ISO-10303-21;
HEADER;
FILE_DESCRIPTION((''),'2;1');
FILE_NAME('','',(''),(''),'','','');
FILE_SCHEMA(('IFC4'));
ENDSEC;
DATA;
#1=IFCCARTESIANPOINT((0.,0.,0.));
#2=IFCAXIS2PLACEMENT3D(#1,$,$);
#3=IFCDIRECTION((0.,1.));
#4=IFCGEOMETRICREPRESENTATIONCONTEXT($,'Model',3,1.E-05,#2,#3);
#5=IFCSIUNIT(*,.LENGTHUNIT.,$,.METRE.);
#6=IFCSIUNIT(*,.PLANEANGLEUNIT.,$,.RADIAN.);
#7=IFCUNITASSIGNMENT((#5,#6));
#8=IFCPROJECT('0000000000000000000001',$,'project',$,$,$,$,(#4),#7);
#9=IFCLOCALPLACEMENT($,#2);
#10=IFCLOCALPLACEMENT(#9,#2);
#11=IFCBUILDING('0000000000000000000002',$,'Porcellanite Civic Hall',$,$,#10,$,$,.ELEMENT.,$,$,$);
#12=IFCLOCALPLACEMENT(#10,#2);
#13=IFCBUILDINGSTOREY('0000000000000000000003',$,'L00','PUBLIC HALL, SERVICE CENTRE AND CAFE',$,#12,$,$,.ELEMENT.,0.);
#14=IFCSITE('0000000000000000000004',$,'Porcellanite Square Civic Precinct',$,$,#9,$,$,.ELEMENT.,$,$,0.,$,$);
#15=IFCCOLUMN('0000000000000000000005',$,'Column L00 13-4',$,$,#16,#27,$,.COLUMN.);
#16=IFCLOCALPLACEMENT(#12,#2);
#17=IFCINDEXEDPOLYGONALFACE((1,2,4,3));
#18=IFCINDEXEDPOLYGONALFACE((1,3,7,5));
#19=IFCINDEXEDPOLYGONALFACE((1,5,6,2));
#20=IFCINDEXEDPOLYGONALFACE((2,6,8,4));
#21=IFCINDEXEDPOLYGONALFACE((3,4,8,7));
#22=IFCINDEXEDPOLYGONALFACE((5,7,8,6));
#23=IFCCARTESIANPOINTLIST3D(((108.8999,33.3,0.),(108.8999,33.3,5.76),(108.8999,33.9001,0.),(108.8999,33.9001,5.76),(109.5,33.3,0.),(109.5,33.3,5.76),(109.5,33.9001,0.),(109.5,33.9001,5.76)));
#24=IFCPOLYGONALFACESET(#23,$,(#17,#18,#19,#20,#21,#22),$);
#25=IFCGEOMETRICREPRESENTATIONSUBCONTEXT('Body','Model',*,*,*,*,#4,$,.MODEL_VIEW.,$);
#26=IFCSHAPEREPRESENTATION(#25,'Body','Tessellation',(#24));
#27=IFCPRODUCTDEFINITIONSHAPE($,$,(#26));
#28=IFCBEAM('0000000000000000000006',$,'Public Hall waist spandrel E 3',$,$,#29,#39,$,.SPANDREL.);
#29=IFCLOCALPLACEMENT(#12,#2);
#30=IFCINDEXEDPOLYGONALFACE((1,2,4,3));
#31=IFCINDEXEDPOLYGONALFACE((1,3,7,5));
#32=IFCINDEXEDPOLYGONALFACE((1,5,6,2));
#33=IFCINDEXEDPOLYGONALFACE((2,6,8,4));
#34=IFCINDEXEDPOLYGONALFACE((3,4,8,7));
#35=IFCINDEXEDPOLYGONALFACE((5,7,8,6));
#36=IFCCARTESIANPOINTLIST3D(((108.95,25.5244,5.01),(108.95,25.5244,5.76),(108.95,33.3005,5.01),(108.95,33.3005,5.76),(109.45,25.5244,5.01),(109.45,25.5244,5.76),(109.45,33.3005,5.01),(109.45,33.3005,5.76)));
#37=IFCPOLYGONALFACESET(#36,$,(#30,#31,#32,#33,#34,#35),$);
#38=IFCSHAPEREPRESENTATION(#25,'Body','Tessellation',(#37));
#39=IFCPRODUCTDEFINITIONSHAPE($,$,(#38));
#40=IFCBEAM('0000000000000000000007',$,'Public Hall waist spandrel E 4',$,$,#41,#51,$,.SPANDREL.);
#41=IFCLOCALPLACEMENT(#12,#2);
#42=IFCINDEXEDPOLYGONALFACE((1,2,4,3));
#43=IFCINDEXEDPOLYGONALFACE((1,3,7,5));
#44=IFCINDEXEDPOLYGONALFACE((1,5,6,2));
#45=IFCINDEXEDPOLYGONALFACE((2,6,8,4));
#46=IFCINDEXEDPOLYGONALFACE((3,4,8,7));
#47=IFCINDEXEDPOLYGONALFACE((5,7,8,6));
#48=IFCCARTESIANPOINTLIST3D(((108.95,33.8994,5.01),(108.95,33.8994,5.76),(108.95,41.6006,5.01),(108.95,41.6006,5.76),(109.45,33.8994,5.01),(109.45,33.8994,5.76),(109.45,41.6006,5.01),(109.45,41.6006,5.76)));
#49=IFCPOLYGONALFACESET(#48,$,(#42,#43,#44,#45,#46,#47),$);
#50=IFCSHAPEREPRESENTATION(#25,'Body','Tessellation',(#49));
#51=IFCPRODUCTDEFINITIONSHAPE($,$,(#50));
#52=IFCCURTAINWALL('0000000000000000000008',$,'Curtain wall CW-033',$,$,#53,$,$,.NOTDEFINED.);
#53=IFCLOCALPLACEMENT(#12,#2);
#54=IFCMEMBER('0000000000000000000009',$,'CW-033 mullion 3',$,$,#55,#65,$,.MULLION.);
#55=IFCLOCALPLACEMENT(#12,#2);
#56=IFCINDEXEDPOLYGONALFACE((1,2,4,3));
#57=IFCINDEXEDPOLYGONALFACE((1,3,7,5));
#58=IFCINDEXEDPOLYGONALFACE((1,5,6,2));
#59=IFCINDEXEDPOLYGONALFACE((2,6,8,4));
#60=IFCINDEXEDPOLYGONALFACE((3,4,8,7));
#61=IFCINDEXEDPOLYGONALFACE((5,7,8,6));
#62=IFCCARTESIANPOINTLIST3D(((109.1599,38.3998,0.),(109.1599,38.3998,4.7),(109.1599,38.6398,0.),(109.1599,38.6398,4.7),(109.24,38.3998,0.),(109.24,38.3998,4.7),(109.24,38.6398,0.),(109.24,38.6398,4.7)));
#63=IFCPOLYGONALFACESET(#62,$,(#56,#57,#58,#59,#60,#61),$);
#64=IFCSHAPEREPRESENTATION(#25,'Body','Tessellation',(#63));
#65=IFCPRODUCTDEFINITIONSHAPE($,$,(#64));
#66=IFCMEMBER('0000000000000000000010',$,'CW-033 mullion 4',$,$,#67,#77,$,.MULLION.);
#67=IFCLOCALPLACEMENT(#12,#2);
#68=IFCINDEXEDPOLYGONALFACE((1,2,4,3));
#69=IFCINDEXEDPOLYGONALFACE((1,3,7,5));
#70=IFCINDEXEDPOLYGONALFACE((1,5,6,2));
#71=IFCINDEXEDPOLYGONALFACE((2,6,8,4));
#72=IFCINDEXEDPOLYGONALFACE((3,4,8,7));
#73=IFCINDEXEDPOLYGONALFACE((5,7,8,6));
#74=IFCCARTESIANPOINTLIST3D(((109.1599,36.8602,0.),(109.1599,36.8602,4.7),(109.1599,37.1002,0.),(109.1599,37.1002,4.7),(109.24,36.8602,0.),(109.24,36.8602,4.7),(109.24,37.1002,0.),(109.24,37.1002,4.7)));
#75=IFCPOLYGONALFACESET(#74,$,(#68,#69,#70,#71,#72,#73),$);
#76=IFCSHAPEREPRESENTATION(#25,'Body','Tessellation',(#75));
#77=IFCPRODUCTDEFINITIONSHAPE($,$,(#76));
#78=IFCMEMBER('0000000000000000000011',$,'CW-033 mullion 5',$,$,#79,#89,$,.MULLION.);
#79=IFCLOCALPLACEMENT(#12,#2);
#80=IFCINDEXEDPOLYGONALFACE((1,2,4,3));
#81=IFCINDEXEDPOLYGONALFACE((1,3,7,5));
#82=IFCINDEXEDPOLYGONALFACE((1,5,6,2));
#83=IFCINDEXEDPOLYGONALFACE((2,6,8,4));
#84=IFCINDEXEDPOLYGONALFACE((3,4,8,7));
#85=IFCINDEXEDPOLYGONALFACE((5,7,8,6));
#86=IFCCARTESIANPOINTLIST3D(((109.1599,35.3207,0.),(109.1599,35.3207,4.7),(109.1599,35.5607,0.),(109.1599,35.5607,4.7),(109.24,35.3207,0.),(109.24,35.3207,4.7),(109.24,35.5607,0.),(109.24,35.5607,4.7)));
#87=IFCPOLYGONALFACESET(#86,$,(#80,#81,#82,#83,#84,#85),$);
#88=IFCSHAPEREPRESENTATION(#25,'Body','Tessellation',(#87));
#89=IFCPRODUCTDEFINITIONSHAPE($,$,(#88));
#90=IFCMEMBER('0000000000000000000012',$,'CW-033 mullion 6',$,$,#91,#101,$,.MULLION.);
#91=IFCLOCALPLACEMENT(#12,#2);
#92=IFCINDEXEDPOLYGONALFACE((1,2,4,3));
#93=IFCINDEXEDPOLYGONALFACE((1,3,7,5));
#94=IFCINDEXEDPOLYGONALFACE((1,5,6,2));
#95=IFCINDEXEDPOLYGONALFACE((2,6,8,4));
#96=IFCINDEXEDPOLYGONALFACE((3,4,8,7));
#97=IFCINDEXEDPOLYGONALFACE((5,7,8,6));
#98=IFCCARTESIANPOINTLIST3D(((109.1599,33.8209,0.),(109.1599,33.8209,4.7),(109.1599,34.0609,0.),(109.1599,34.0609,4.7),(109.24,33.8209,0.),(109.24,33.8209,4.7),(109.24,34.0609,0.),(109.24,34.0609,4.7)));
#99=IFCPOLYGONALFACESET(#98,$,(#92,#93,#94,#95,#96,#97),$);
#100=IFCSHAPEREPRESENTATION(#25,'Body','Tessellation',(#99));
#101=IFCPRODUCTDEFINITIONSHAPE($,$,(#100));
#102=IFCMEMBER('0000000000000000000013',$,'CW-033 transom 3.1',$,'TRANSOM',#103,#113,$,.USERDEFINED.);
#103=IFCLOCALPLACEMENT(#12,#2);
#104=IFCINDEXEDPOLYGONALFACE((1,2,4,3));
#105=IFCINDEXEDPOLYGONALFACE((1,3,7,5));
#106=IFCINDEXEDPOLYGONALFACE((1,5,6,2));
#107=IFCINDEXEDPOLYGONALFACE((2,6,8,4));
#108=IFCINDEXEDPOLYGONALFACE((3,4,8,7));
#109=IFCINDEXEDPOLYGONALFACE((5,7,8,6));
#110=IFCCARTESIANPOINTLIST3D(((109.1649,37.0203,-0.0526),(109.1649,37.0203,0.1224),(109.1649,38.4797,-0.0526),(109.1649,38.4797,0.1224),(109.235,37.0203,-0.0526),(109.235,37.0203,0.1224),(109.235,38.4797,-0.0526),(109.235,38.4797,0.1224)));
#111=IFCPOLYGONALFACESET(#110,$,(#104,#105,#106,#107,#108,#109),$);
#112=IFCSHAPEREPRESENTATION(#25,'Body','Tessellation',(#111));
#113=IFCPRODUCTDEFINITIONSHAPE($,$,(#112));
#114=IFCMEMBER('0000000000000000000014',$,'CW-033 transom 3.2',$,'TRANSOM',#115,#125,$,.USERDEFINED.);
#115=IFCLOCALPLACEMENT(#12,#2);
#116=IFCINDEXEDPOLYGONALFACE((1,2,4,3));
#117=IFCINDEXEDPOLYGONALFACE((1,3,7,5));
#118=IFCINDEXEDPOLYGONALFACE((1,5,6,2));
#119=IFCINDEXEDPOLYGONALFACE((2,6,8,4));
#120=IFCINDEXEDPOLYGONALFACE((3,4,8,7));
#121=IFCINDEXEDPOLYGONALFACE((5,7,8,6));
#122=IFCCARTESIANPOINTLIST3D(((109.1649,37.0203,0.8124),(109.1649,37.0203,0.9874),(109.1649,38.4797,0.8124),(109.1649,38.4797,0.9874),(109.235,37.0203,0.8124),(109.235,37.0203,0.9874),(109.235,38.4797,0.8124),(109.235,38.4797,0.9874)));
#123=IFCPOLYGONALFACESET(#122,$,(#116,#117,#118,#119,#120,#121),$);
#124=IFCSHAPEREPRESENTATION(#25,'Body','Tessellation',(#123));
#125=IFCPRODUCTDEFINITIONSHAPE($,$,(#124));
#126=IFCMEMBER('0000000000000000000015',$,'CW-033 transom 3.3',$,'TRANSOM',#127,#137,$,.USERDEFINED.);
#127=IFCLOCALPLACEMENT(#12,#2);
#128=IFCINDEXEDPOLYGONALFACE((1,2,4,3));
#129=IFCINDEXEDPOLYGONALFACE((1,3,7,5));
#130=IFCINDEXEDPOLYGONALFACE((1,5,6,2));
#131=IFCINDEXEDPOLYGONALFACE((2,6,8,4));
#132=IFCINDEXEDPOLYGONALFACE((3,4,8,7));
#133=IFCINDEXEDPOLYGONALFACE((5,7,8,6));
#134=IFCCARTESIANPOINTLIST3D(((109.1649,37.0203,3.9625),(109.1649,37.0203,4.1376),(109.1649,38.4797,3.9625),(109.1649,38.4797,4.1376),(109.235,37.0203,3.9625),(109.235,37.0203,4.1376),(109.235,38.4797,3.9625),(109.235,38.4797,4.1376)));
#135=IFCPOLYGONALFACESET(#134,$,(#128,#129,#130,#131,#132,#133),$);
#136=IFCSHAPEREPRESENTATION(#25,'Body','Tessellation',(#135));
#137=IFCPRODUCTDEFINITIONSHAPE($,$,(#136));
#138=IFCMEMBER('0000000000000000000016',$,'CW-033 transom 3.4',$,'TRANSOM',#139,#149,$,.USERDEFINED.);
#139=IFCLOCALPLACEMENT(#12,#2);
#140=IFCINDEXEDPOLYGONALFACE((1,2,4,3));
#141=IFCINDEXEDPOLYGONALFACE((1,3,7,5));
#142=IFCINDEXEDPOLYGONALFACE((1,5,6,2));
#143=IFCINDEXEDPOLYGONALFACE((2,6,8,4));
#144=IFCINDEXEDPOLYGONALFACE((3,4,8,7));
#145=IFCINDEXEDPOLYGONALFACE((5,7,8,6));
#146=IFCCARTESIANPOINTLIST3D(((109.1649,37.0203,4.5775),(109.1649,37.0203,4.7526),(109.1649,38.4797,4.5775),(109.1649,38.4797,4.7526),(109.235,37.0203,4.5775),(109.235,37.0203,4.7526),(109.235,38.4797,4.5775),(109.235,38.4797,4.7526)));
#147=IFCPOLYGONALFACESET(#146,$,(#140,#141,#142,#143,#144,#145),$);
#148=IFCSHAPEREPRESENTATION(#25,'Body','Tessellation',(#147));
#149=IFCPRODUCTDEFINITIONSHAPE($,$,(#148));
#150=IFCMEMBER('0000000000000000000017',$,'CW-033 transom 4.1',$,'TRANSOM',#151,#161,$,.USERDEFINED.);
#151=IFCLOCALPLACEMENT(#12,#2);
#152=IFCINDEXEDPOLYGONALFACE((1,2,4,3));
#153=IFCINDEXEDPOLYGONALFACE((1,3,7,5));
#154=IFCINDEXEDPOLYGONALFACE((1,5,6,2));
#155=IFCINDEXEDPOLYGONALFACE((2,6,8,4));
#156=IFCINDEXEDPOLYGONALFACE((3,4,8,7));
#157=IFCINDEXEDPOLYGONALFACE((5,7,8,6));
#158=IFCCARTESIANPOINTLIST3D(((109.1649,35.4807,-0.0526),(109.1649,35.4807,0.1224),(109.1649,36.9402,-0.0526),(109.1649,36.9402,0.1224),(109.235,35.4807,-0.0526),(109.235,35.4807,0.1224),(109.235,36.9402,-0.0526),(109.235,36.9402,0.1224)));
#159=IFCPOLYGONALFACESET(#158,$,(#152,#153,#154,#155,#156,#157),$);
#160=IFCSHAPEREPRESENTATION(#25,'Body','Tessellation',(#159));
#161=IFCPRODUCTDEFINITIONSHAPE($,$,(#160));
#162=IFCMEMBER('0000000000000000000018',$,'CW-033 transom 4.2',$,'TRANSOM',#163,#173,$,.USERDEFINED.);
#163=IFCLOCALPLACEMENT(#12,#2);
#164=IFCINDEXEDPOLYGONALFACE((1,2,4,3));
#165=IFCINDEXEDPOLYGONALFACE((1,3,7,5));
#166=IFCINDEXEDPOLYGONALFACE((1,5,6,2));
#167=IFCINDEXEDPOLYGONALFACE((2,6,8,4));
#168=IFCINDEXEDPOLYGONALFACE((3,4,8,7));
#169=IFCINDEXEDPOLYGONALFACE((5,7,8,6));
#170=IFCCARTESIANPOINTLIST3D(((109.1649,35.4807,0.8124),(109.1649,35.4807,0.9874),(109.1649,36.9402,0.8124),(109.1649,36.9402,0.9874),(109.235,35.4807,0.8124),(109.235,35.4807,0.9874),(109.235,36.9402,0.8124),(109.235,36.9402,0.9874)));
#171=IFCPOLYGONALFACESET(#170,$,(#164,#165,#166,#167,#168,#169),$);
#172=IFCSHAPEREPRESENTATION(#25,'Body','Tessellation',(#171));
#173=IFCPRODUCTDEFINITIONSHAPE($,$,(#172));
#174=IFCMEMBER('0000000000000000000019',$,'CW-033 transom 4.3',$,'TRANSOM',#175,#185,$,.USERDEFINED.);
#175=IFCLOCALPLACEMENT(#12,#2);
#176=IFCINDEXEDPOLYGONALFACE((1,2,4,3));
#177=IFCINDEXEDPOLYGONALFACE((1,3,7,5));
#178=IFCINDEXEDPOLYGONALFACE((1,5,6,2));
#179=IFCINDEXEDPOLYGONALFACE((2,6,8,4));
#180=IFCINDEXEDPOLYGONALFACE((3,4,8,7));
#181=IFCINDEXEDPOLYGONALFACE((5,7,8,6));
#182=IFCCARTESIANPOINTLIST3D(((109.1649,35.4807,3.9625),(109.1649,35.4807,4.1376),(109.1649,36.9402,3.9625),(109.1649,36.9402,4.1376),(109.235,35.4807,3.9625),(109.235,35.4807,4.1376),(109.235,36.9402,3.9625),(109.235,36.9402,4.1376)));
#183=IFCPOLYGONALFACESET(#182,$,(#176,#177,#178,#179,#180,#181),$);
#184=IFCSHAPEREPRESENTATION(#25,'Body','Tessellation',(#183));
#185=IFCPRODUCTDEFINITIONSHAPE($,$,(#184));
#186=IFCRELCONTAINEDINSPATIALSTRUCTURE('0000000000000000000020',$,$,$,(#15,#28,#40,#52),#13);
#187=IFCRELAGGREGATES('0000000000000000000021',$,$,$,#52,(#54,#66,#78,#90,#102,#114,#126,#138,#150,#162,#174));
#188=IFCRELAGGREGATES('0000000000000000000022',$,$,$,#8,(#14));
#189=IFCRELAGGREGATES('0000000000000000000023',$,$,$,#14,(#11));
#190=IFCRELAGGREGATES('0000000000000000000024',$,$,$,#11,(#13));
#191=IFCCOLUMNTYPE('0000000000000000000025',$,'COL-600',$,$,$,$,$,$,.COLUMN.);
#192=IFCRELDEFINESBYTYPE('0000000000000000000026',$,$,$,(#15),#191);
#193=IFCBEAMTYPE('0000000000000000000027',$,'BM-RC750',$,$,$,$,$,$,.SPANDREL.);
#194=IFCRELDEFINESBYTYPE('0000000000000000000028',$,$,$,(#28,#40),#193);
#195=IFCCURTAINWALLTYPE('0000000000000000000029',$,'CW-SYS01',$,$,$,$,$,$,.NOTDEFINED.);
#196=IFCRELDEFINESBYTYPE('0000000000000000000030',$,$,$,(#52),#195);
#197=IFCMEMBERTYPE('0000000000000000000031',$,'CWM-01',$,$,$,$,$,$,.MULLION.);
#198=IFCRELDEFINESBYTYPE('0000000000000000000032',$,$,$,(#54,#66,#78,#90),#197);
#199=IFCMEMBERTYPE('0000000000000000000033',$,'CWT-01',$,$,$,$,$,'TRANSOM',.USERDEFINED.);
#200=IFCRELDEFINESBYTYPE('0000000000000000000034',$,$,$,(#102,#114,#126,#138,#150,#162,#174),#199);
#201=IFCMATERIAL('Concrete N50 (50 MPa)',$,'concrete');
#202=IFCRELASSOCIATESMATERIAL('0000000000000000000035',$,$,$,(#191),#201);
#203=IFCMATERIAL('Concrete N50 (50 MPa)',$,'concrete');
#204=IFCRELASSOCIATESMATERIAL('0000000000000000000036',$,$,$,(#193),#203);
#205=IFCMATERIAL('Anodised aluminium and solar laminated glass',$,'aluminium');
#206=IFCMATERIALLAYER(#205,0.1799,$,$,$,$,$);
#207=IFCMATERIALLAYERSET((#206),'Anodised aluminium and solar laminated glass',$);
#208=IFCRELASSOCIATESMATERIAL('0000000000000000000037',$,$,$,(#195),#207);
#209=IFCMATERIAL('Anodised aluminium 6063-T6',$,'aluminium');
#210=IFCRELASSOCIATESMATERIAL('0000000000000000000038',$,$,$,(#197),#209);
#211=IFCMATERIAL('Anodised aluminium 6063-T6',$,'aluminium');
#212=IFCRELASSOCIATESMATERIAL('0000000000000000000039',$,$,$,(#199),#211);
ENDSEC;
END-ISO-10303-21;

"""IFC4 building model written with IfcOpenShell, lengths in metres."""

from ifc_helpers import new_model, si_unit, direction, frame, origin, origin_2d, place, context, subcontext, project, spatial, rectangle, extrude, material, layer, layer_set, material_profile, profile_set, type_object, element, aggregate, save


model = new_model("IFC4")

# Units and contexts
model_context = context("Model", 3, precision=1e-05, world=origin(), true_north=direction((0.0, 1.0)))
body_context = subcontext(model_context, "Body", "Model", "MODEL_VIEW")
ifc_project = project(units=[si_unit("LENGTHUNIT", "METRE"), si_unit("PLANEANGLEUNIT", "RADIAN")], contexts=[model_context])

# Site, building, storey
site_placement = place(None, origin())
site = spatial("IfcSite", under=ifc_project, at=site_placement, Name="Porcellanite Square Civic Precinct", CompositionType="ELEMENT", RefElevation=0.0)
building_placement = place(site_placement, origin())
building = spatial("IfcBuilding", under=site, at=building_placement, Name="Porcellanite Civic Hall", CompositionType="ELEMENT")
storey_placement = place(building_placement, origin())
storey = spatial("IfcBuildingStorey", under=building, at=storey_placement, Name="L00", Description="PUBLIC HALL, SERVICE CENTRE AND CAFE", CompositionType="ELEMENT", Elevation=0.0)

# Column
ifc_material_1 = material(Name="Concrete N50 (50 MPa)", Category="concrete")
ifc_material_profile_1 = material_profile(ifc_material_1, rectangle(XDim=0.6001, YDim=0.6001, at=origin_2d()), Name="RC-600x600")
ifc_profile_set_1 = profile_set([ifc_material_profile_1], Name="Concrete N50 (50 MPa)")
column_type = type_object("IfcColumnType", Name="COL-600", PredefinedType="COLUMN", material=ifc_profile_set_1)
column_placement = place(storey_placement, frame((109.2, 33.6001, 0.0), z_axis=(0.0, 0.0, 1.0), x_axis=(1.0, 0.0, 0.0)))
element("IfcColumn", 1, at=column_placement, inside=storey, type_object=column_type, Name="Column L00 13-4", PredefinedType="COLUMN", context=body_context, shape_type="SweptSolid", body=[
    extrude(rectangle(XDim=0.6001, YDim=0.6001, at=origin_2d()), origin(), (0.0, 0.0, 1.0), 5.76),
])

# Beams
ifc_material_2 = material(Name="Concrete N50 (50 MPa)", Category="concrete")
ifc_material_profile_2 = material_profile(ifc_material_2, rectangle(XDim=0.5, YDim=0.75, at=origin_2d()), Name="RC-500x750")
ifc_profile_set_2 = profile_set([ifc_material_profile_2], Name="Concrete N50 (50 MPa)")
beam_type_1 = type_object("IfcBeamType", Name="BM-RC750", PredefinedType="SPANDREL", material=ifc_profile_set_2)
beam_1_placement = place(storey_placement, frame((109.2, 25.5244, 5.385), z_axis=(0.0, 1.0, 0.0), x_axis=(-1.0, 0.0, 0.0)))
element("IfcBeam", 2, at=beam_1_placement, inside=storey, type_object=beam_type_1, Name="Public Hall waist spandrel E 3", PredefinedType="SPANDREL", context=body_context, shape_type="SweptSolid", body=[
    extrude(rectangle(XDim=0.5, YDim=0.75, at=origin_2d()), origin(), (0.0, 0.0, 1.0), 7.7761),
])
beam_2_placement = place(storey_placement, frame((109.2, 33.8994, 5.385), z_axis=(0.0, 1.0, 0.0), x_axis=(-1.0, 0.0, 0.0)))
element("IfcBeam", 3, at=beam_2_placement, inside=storey, type_object=beam_type_1, Name="Public Hall waist spandrel E 4", PredefinedType="SPANDREL", context=body_context, shape_type="SweptSolid", body=[
    extrude(rectangle(XDim=0.5, YDim=0.75, at=origin_2d()), origin(), (0.0, 0.0, 1.0), 7.7012),
])

# Curtain wall, members
ifc_material_3 = material(Name="Anodised aluminium and solar laminated glass", Category="aluminium")
ifc_layer_1 = layer(ifc_material_3, 0.1799)
ifc_layer_set_1 = layer_set([ifc_layer_1], Name="Anodised aluminium and solar laminated glass")
curtain_wall_type = type_object("IfcCurtainWallType", Name="CW-SYS01", PredefinedType="NOTDEFINED", material=ifc_layer_set_1)
curtain_wall_placement = place(storey_placement, origin())
curtain_wall = element("IfcCurtainWall", 4, at=curtain_wall_placement, inside=storey, type_object=curtain_wall_type, Name="Curtain wall CW-033", PredefinedType="NOTDEFINED")
ifc_material_4 = material(Name="Anodised aluminium 6063-T6", Category="aluminium")
ifc_material_profile_3 = material_profile(ifc_material_4, rectangle(XDim=0.0801, YDim=0.24, at=origin_2d()), Name="AL-80x240")
ifc_profile_set_3 = profile_set([ifc_material_profile_3], Name="Anodised aluminium 6063-T6")
member_type_1 = type_object("IfcMemberType", Name="CWM-01", PredefinedType="MULLION", material=ifc_profile_set_3)
member_1_placement = place(storey_placement, frame((109.2, 38.5198, 0.0), z_axis=(0.0, 0.0, 1.0), x_axis=(1.0, 0.0, 0.0)))
member_1 = element("IfcMember", 5, at=member_1_placement, type_object=member_type_1, Name="CW-033 mullion 3", PredefinedType="MULLION", context=body_context, shape_type="SweptSolid", body=[
    extrude(rectangle(XDim=0.0801, YDim=0.24, at=origin_2d()), origin(), (0.0, 0.0, 1.0), 4.7),
])
member_2_placement = place(storey_placement, frame((109.2, 36.9802, 0.0), z_axis=(0.0, 0.0, 1.0), x_axis=(1.0, 0.0, 0.0)))
member_2 = element("IfcMember", 6, at=member_2_placement, type_object=member_type_1, Name="CW-033 mullion 4", PredefinedType="MULLION", context=body_context, shape_type="SweptSolid", body=[
    extrude(rectangle(XDim=0.0801, YDim=0.24, at=origin_2d()), origin(), (0.0, 0.0, 1.0), 4.7),
])
member_3_placement = place(storey_placement, frame((109.2, 35.4407, 0.0), z_axis=(0.0, 0.0, 1.0), x_axis=(1.0, 0.0, 0.0)))
member_3 = element("IfcMember", 7, at=member_3_placement, type_object=member_type_1, Name="CW-033 mullion 5", PredefinedType="MULLION", context=body_context, shape_type="SweptSolid", body=[
    extrude(rectangle(XDim=0.0801, YDim=0.24, at=origin_2d()), origin(), (0.0, 0.0, 1.0), 4.7),
])
member_4_placement = place(storey_placement, frame((109.2, 33.9409, 0.0), z_axis=(0.0, 0.0, 1.0), x_axis=(1.0, 0.0, 0.0)))
member_4 = element("IfcMember", 8, at=member_4_placement, type_object=member_type_1, Name="CW-033 mullion 6", PredefinedType="MULLION", context=body_context, shape_type="SweptSolid", body=[
    extrude(rectangle(XDim=0.0801, YDim=0.24, at=origin_2d()), origin(), (0.0, 0.0, 1.0), 4.7),
])
ifc_material_5 = material(Name="Anodised aluminium 6063-T6", Category="aluminium")
ifc_material_profile_4 = material_profile(ifc_material_5, rectangle(XDim=0.0701, YDim=0.175, at=origin_2d()), Name="AL-70x175")
ifc_profile_set_4 = profile_set([ifc_material_profile_4], Name="Anodised aluminium 6063-T6")
member_type_2 = type_object("IfcMemberType", Name="CWT-01", ElementType="TRANSOM", PredefinedType="USERDEFINED", material=ifc_profile_set_4)
member_5_placement = place(storey_placement, frame((109.2, 38.4797, 0.0349), z_axis=(0.0, -1.0, 0.0), x_axis=(1.0, 0.0, 0.0)))
member_5 = element("IfcMember", 9, at=member_5_placement, type_object=member_type_2, Name="CW-033 transom 3.1", ObjectType="TRANSOM", PredefinedType="USERDEFINED", context=body_context, shape_type="SweptSolid", body=[
    extrude(rectangle(XDim=0.0701, YDim=0.175, at=origin_2d()), origin(), (0.0, 0.0, 1.0), 1.4595),
])
member_6_placement = place(storey_placement, frame((109.2, 38.4797, 0.8999), z_axis=(0.0, -1.0, 0.0), x_axis=(1.0, 0.0, 0.0)))
member_6 = element("IfcMember", 10, at=member_6_placement, type_object=member_type_2, Name="CW-033 transom 3.2", ObjectType="TRANSOM", PredefinedType="USERDEFINED", context=body_context, shape_type="SweptSolid", body=[
    extrude(rectangle(XDim=0.0701, YDim=0.175, at=origin_2d()), origin(), (0.0, 0.0, 1.0), 1.4595),
])
member_7_placement = place(storey_placement, frame((109.2, 38.4797, 4.05), z_axis=(0.0, -1.0, 0.0), x_axis=(1.0, 0.0, 0.0)))
member_7 = element("IfcMember", 11, at=member_7_placement, type_object=member_type_2, Name="CW-033 transom 3.3", ObjectType="TRANSOM", PredefinedType="USERDEFINED", context=body_context, shape_type="SweptSolid", body=[
    extrude(rectangle(XDim=0.0701, YDim=0.175, at=origin_2d()), origin(), (0.0, 0.0, 1.0), 1.4595),
])
member_8_placement = place(storey_placement, frame((109.2, 38.4797, 4.665), z_axis=(0.0, -1.0, 0.0), x_axis=(1.0, 0.0, 0.0)))
member_8 = element("IfcMember", 12, at=member_8_placement, type_object=member_type_2, Name="CW-033 transom 3.4", ObjectType="TRANSOM", PredefinedType="USERDEFINED", context=body_context, shape_type="SweptSolid", body=[
    extrude(rectangle(XDim=0.0701, YDim=0.175, at=origin_2d()), origin(), (0.0, 0.0, 1.0), 1.4595),
])
member_9_placement = place(storey_placement, frame((109.2, 36.9402, 0.0349), z_axis=(0.0, -1.0, 0.0), x_axis=(1.0, 0.0, 0.0)))
member_9 = element("IfcMember", 13, at=member_9_placement, type_object=member_type_2, Name="CW-033 transom 4.1", ObjectType="TRANSOM", PredefinedType="USERDEFINED", context=body_context, shape_type="SweptSolid", body=[
    extrude(rectangle(XDim=0.0701, YDim=0.175, at=origin_2d()), origin(), (0.0, 0.0, 1.0), 1.4595),
])
member_10_placement = place(storey_placement, frame((109.2, 36.9402, 0.8999), z_axis=(0.0, -1.0, 0.0), x_axis=(1.0, 0.0, 0.0)))
member_10 = element("IfcMember", 14, at=member_10_placement, type_object=member_type_2, Name="CW-033 transom 4.2", ObjectType="TRANSOM", PredefinedType="USERDEFINED", context=body_context, shape_type="SweptSolid", body=[
    extrude(rectangle(XDim=0.0701, YDim=0.175, at=origin_2d()), origin(), (0.0, 0.0, 1.0), 1.4595),
])
member_11_placement = place(storey_placement, frame((109.2, 36.9402, 4.05), z_axis=(0.0, -1.0, 0.0), x_axis=(1.0, 0.0, 0.0)))
member_11 = element("IfcMember", 15, at=member_11_placement, type_object=member_type_2, Name="CW-033 transom 4.3", ObjectType="TRANSOM", PredefinedType="USERDEFINED", context=body_context, shape_type="SweptSolid", body=[
    extrude(rectangle(XDim=0.0701, YDim=0.175, at=origin_2d()), origin(), (0.0, 0.0, 1.0), 1.4595),
])

aggregate(curtain_wall, [member_1, member_2, member_3, member_4, member_5, member_6, member_7, member_8, member_9, member_10, member_11])

save(model, "model.ifc")
